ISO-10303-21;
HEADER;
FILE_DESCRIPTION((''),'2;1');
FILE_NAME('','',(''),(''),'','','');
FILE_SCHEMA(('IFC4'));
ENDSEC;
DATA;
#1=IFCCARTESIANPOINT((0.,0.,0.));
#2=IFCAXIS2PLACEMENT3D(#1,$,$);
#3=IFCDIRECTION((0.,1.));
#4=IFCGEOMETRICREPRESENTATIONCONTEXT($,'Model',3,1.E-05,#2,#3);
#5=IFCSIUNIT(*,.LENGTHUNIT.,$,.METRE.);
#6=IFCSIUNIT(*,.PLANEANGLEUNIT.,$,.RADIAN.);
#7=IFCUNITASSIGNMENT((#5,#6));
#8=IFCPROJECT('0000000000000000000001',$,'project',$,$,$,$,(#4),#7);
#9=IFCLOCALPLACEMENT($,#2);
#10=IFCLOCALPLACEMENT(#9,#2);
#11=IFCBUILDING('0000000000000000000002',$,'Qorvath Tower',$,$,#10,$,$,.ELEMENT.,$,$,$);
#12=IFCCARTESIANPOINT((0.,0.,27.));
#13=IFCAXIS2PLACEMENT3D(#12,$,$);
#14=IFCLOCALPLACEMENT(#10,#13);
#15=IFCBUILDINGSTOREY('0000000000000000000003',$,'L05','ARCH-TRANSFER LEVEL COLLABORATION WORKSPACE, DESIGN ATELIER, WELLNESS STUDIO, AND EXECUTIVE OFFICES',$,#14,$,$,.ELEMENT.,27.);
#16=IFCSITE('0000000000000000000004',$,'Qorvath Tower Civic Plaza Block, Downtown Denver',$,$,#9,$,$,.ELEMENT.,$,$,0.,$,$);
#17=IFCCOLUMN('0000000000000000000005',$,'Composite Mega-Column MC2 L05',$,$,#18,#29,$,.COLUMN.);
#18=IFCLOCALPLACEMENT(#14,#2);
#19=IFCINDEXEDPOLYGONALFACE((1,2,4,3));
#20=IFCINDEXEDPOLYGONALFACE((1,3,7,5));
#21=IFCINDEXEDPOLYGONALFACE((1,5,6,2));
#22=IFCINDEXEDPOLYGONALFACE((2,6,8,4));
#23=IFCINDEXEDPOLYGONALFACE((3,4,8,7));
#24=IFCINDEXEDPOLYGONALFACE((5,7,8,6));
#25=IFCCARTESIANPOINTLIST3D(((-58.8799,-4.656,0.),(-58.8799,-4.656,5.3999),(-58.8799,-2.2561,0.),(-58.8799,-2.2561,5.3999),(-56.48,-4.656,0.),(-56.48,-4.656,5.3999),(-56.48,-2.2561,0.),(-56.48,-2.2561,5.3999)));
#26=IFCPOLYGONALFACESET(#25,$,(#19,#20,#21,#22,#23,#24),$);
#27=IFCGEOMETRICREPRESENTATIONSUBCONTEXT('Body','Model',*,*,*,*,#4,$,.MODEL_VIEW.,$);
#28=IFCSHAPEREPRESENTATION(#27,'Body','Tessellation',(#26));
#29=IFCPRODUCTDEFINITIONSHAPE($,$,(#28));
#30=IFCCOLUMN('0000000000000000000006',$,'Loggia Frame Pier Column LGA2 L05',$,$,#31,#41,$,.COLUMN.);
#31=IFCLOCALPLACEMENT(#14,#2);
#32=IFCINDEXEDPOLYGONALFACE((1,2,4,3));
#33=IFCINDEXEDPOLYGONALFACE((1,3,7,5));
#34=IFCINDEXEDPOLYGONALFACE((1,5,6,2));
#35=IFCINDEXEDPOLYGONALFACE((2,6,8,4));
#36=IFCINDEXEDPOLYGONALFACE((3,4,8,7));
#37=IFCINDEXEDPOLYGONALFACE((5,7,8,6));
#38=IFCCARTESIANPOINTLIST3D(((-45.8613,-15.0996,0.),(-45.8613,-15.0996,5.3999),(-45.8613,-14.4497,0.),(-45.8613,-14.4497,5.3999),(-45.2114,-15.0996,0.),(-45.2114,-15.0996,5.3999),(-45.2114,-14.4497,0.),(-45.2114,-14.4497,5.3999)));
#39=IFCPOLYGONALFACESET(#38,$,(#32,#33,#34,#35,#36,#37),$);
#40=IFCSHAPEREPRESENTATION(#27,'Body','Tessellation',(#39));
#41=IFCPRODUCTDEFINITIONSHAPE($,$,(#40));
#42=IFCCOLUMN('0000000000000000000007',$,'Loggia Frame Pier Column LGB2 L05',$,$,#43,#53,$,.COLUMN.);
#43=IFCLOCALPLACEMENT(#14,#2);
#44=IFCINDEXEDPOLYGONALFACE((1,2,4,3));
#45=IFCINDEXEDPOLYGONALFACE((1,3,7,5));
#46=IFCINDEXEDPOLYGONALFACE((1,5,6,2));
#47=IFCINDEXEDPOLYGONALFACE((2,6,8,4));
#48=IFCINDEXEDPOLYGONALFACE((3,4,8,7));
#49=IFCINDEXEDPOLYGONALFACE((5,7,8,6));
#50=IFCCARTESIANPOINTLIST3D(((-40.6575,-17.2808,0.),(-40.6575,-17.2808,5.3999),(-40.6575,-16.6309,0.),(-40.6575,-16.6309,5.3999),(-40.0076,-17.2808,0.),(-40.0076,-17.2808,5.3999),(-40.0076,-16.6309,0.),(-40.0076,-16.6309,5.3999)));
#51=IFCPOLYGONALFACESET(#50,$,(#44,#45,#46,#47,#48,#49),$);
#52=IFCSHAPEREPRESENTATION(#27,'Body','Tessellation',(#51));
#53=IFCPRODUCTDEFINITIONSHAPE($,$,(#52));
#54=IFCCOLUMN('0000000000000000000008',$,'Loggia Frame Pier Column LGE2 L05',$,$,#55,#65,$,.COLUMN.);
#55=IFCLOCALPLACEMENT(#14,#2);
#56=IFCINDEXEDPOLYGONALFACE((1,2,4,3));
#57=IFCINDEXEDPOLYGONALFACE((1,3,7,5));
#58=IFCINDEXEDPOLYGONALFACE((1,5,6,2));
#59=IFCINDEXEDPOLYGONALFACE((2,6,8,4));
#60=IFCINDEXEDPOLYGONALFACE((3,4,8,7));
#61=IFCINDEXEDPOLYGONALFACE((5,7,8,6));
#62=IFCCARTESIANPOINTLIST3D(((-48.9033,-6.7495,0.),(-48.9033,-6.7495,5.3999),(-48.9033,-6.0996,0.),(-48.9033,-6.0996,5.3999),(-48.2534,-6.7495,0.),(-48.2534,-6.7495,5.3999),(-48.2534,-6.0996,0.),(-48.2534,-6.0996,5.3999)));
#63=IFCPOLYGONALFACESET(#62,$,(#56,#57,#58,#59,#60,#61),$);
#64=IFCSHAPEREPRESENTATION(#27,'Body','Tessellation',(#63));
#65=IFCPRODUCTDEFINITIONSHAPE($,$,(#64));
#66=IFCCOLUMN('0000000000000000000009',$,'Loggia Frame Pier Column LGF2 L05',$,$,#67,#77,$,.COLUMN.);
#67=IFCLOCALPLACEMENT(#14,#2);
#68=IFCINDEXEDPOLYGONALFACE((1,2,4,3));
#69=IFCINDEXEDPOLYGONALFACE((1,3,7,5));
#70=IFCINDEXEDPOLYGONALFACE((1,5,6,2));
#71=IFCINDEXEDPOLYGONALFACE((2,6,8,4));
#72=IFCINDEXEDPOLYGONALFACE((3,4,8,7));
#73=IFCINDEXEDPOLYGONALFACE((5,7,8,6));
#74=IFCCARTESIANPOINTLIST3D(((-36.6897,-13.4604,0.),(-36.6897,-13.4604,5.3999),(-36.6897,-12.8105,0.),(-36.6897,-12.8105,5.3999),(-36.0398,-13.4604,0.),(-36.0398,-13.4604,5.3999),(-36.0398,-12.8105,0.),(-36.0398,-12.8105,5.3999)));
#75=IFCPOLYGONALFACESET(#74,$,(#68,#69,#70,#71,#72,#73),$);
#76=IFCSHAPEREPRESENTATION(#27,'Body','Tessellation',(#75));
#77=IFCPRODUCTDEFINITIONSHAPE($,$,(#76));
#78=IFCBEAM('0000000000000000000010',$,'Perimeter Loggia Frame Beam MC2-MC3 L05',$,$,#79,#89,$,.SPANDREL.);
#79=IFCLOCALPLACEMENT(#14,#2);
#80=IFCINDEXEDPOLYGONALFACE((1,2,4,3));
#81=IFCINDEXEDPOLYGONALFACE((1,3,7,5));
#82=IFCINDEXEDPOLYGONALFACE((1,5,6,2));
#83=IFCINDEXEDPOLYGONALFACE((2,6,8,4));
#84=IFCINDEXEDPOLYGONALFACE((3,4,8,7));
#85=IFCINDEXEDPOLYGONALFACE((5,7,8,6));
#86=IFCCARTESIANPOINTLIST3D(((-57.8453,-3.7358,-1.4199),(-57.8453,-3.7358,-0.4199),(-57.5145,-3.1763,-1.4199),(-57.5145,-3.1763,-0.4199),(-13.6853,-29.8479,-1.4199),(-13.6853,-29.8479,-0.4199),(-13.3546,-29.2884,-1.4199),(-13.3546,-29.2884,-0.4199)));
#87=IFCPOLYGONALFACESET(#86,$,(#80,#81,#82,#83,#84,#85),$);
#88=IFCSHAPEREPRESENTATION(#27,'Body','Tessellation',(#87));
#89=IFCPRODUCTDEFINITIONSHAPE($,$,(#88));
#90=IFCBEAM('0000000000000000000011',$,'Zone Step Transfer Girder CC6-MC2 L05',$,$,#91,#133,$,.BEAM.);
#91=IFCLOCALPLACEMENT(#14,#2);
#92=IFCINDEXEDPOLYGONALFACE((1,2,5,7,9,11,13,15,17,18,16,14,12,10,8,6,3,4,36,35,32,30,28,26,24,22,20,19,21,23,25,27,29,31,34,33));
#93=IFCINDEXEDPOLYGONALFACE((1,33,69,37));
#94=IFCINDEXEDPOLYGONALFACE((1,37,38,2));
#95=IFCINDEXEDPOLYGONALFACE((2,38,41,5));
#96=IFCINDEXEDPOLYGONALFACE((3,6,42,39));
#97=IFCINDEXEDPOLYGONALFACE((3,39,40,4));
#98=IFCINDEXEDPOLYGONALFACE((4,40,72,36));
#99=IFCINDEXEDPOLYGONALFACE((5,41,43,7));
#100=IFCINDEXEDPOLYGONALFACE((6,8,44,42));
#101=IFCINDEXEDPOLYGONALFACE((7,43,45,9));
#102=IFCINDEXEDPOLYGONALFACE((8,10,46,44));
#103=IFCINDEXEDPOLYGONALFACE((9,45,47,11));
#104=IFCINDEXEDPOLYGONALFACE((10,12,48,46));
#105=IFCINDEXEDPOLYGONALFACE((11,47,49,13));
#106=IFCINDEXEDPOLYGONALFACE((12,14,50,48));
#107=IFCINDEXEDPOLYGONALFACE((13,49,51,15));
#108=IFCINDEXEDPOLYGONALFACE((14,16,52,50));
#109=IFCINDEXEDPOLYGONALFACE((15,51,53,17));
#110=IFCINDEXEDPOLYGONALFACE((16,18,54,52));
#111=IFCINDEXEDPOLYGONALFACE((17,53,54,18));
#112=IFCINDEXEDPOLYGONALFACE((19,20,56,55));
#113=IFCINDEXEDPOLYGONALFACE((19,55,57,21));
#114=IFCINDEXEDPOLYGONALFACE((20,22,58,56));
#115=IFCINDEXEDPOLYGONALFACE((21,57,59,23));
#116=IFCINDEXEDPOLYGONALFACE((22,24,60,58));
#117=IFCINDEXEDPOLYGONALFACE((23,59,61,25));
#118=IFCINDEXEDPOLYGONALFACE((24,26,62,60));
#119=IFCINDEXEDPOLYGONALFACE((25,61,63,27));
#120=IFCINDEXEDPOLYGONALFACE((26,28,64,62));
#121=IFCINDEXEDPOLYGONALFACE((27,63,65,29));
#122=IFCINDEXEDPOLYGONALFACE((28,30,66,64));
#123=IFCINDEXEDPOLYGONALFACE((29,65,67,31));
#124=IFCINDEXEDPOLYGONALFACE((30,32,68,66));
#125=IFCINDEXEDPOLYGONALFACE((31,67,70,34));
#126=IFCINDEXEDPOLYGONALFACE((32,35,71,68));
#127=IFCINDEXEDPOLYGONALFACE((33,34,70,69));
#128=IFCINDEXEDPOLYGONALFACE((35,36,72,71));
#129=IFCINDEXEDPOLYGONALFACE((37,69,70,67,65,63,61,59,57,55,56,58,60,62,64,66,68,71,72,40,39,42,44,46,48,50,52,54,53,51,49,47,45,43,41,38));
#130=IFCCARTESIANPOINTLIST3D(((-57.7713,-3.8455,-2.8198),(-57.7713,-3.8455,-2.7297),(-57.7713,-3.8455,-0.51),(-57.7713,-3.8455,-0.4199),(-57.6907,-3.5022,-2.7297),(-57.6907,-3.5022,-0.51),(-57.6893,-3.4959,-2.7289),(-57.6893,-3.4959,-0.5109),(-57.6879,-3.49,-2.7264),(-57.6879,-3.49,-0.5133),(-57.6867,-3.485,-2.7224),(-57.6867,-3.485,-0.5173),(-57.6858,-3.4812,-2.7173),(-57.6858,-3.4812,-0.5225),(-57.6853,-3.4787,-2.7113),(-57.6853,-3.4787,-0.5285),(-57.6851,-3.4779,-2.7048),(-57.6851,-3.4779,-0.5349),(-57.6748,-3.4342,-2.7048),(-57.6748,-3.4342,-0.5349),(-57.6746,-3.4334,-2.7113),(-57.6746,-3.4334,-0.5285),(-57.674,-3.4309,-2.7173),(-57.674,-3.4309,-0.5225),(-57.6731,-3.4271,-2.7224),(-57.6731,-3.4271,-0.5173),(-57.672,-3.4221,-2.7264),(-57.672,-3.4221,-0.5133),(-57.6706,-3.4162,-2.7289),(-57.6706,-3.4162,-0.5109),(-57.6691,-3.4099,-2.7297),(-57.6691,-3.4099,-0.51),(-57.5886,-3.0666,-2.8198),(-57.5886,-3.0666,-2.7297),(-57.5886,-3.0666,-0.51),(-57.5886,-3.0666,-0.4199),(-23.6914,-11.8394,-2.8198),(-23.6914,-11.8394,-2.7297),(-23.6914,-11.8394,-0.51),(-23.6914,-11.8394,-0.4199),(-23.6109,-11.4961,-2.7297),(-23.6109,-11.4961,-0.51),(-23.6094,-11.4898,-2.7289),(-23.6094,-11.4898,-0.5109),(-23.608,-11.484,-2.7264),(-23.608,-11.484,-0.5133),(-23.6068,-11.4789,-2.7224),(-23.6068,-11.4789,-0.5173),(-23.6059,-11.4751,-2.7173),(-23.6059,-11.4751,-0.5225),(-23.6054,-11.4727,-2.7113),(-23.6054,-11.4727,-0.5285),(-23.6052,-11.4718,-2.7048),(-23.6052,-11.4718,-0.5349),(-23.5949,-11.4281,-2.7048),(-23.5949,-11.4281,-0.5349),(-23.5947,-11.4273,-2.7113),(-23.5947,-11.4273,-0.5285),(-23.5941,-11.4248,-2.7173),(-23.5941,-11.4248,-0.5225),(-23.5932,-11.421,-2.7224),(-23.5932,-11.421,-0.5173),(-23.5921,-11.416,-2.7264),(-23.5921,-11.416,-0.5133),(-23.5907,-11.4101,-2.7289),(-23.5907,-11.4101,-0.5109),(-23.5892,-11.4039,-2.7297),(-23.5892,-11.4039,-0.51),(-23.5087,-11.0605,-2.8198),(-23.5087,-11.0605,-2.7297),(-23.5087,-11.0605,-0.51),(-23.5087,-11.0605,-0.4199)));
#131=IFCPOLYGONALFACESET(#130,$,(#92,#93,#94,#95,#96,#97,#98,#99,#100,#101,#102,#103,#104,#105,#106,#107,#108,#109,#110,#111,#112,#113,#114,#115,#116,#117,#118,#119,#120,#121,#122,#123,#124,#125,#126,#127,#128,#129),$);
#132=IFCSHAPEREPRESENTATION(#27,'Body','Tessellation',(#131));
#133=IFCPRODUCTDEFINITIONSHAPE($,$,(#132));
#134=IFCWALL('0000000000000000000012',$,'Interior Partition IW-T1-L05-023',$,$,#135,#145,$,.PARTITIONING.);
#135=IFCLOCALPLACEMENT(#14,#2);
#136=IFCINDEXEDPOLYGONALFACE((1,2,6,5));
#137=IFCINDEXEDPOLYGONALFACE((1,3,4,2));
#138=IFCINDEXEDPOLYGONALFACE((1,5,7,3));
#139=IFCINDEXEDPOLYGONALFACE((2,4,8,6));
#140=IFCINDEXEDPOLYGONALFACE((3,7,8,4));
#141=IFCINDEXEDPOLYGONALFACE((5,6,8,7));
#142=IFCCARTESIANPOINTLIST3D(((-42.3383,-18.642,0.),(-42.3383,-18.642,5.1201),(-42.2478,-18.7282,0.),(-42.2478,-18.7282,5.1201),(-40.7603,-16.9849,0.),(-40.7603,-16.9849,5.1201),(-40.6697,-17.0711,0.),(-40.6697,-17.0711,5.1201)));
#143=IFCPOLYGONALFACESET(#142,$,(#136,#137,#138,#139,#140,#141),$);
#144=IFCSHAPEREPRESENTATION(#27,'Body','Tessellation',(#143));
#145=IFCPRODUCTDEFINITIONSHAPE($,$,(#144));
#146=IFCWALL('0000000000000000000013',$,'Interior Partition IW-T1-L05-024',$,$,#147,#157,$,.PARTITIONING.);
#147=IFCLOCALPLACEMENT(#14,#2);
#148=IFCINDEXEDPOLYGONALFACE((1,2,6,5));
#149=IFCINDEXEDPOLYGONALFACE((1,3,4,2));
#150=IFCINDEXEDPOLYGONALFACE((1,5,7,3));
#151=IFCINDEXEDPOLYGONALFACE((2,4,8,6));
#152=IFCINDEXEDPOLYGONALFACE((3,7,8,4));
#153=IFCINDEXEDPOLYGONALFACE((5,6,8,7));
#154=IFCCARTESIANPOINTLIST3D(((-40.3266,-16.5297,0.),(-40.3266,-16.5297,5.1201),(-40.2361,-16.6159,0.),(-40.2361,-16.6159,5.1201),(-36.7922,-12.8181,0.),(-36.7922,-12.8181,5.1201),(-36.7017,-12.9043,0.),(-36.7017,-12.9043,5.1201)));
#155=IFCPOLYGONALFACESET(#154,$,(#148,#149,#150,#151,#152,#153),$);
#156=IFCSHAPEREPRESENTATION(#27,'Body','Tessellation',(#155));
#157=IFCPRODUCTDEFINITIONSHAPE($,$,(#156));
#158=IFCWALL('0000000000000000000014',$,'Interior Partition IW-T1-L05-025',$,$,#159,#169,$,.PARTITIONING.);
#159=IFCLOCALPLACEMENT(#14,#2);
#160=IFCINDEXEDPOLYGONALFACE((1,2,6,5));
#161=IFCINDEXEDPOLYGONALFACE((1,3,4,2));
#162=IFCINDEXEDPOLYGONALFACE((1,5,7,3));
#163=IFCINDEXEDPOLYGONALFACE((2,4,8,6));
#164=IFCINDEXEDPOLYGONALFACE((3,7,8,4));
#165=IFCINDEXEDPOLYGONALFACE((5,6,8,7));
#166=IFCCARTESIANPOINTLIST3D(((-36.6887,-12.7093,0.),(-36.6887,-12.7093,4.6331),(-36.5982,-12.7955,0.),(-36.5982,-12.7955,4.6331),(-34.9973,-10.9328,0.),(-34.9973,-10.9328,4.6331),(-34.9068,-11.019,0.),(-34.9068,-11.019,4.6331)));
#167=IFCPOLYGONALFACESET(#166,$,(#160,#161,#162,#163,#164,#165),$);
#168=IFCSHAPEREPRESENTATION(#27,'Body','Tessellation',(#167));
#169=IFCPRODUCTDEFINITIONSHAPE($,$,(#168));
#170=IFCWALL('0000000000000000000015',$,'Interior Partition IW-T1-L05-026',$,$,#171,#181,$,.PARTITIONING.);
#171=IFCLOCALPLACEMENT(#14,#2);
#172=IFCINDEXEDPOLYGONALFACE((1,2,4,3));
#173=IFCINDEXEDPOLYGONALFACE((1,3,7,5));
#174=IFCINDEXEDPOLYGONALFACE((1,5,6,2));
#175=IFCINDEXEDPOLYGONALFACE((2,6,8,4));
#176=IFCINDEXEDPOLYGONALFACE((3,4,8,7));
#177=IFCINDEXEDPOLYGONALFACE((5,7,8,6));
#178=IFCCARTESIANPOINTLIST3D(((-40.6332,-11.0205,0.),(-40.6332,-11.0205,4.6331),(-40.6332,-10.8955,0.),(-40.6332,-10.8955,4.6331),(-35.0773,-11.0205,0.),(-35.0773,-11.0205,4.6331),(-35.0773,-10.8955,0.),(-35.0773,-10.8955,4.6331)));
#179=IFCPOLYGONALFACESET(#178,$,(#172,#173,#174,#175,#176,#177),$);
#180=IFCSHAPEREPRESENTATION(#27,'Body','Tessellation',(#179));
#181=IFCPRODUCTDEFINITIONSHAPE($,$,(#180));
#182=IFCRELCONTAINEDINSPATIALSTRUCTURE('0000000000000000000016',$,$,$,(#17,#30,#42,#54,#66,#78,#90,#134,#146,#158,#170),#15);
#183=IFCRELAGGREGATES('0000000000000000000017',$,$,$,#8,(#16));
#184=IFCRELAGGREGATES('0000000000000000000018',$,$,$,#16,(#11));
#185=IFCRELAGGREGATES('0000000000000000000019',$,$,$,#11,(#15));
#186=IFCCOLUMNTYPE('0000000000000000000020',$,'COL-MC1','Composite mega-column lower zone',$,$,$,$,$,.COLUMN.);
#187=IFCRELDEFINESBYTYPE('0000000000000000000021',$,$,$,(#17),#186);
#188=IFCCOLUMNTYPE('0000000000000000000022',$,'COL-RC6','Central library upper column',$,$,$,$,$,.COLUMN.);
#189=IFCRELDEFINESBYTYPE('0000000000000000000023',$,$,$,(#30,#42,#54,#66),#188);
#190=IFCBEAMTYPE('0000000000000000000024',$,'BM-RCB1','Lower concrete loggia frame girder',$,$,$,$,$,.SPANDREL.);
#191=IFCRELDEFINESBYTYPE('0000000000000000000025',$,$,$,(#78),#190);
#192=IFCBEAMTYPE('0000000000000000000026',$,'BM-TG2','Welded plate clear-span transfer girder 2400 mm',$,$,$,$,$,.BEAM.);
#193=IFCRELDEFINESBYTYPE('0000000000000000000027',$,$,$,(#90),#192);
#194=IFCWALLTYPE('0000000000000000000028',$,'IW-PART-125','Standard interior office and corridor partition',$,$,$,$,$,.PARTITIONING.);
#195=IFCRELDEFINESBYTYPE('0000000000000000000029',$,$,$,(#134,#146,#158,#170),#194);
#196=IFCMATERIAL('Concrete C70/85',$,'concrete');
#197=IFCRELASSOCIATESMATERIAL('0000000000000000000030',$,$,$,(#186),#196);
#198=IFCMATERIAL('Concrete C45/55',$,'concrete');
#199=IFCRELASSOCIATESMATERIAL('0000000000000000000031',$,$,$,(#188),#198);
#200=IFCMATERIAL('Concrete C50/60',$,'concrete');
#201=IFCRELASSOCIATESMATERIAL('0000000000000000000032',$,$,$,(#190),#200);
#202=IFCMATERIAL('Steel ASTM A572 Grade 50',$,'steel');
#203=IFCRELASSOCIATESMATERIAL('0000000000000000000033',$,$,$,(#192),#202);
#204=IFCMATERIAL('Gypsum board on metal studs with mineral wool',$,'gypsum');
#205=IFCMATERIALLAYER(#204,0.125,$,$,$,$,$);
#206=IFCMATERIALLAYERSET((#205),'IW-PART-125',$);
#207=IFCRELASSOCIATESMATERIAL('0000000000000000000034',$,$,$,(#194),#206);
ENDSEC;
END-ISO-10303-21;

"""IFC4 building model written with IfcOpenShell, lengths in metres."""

from ifc_helpers import new_model, si_unit, direction, frame, frame_2d, origin, origin_2d, place, context, subcontext, project, spatial, rectangle, i_section, extrude, material, layer, layer_set, material_profile, profile_set, type_object, element, save


model = new_model("IFC4")

# Units and contexts
model_context = context("Model", 3, precision=1e-05, world=origin(), true_north=direction((0.0, 1.0)))
body_context = subcontext(model_context, "Body", "Model", "MODEL_VIEW")
ifc_project = project(units=[si_unit("LENGTHUNIT", "METRE"), si_unit("PLANEANGLEUNIT", "RADIAN")], contexts=[model_context])

# Site, building, storey
site_placement = place(None, origin())
site = spatial("IfcSite", under=ifc_project, at=site_placement, Name="Qorvath Tower Civic Plaza Block, Downtown Denver", CompositionType="ELEMENT", RefElevation=0.0)
building_placement = place(site_placement, origin())
building = spatial("IfcBuilding", under=site, at=building_placement, Name="Qorvath Tower", CompositionType="ELEMENT")
storey_placement = place(building_placement, frame((0.0, 0.0, 27.0)))
storey = spatial("IfcBuildingStorey", under=building, at=storey_placement, Name="L05", Description="ARCH-TRANSFER LEVEL COLLABORATION WORKSPACE, DESIGN ATELIER, WELLNESS STUDIO, AND EXECUTIVE OFFICES", CompositionType="ELEMENT", Elevation=27.0)

# Columns
ifc_material_1 = material(Name="Concrete C70/85", Category="concrete")
ifc_material_profile_1 = material_profile(ifc_material_1, rectangle(XDim=2.3999, YDim=2.3999, at=origin_2d()), Name="MC 2400x2400")
ifc_profile_set_1 = profile_set([ifc_material_profile_1], Name="Concrete C70/85")
column_type_1 = type_object("IfcColumnType", Name="COL-MC1", Description="Composite mega-column lower zone", PredefinedType="COLUMN", material=ifc_profile_set_1)
column_placement = place(storey_placement, frame((-57.6799, -3.4561, 0.0), z_axis=(0.0, 0.0, 1.0), x_axis=(1.0, 0.0, 0.0)))
element("IfcColumn", 1, at=column_placement, inside=storey, type_object=column_type_1, Name="Composite Mega-Column MC2 L05", PredefinedType="COLUMN", context=body_context, shape_type="SweptSolid", body=[
    extrude(rectangle(XDim=2.3999, YDim=2.3999, at=origin_2d()), origin(), (0.0, 0.0, 1.0), 5.3999),
])
ifc_material_2 = material(Name="Concrete C45/55", Category="concrete")
ifc_material_profile_2 = material_profile(ifc_material_2, rectangle(XDim=0.6499, YDim=0.6499, at=origin_2d()), Name="RC 650x650")
ifc_profile_set_2 = profile_set([ifc_material_profile_2], Name="Concrete C45/55")
column_type_2 = type_object("IfcColumnType", Name="COL-RC6", Description="Central library upper column", PredefinedType="COLUMN", material=ifc_profile_set_2)
for number, where, z_axis, x_axis, name in (
    (2, (-45.5364, -14.7747, 0.0), (0.0, 0.0, 1.0), (1.0, 0.0, 0.0), "Loggia Frame Pier Column LGA2 L05"),
    (3, (-40.3325, -16.9558, 0.0), (0.0, 0.0, 1.0), (1.0, 0.0, 0.0), "Loggia Frame Pier Column LGB2 L05"),
    (4, (-48.5784, -6.4246, 0.0), (0.0, 0.0, 1.0), (1.0, 0.0, 0.0), "Loggia Frame Pier Column LGE2 L05"),
    (5, (-36.3647, -13.1355, 0.0), (0.0, 0.0, 1.0), (1.0, 0.0, 0.0), "Loggia Frame Pier Column LGF2 L05"),
):
    element("IfcColumn", number, at=place(storey_placement, frame(where, z_axis=z_axis, x_axis=x_axis)), inside=storey, type_object=column_type_2, Name=name, PredefinedType="COLUMN", context=body_context, shape_type="SweptSolid", body=[
        extrude(rectangle(XDim=0.6499, YDim=0.6499, at=origin_2d()), origin(), (0.0, 0.0, 1.0), 5.3999),
    ])

# Beams
ifc_material_3 = material(Name="Concrete C50/60", Category="concrete")
ifc_material_profile_3 = material_profile(ifc_material_3, rectangle(XDim=0.6499, YDim=1.0, at=origin_2d()), Name="RCB 1000x650")
ifc_profile_set_3 = profile_set([ifc_material_profile_3], Name="Concrete C50/60")
beam_type_1 = type_object("IfcBeamType", Name="BM-RCB1", Description="Lower concrete loggia frame girder", PredefinedType="SPANDREL", material=ifc_profile_set_3)
beam_1_placement = place(storey_placement, frame((-57.6799, -3.4561, -0.9199), z_axis=(0.860777, -0.508983, 0.0), x_axis=(0.508983, 0.860777, 0.0)))
element("IfcBeam", 6, at=beam_1_placement, inside=storey, type_object=beam_type_1, Name="Perimeter Loggia Frame Beam MC2-MC3 L05", PredefinedType="SPANDREL", context=body_context, shape_type="SweptSolid", body=[
    extrude(rectangle(XDim=0.6499, YDim=1.0, at=origin_2d()), origin(), (0.0, 0.0, 1.0), 51.3025),
])
ifc_material_4 = material(Name="Steel ASTM A572 Grade 50", Category="steel")
ifc_material_profile_4 = material_profile(ifc_material_4, i_section(OverallWidth=0.8, OverallDepth=2.3999, WebThickness=0.0449, FlangeThickness=0.0901, FilletRadius=0.0249, at=origin_2d()), Name="WTG 2400x800")
ifc_profile_set_4 = profile_set([ifc_material_profile_4], Name="Steel ASTM A572 Grade 50")
beam_type_2 = type_object("IfcBeamType", Name="BM-TG2", Description="Welded plate clear-span transfer girder 2400 mm", PredefinedType="BEAM", material=ifc_profile_set_4)
beam_2_placement = place(storey_placement, frame((-57.6799, -3.4561, -1.6199), z_axis=(0.973575, -0.228366, 0.0), x_axis=(0.228366, 0.973575, 0.0)))
element("IfcBeam", 7, at=beam_2_placement, inside=storey, type_object=beam_type_2, Name="Zone Step Transfer Girder CC6-MC2 L05", PredefinedType="BEAM", context=body_context, shape_type="SweptSolid", body=[
    extrude(i_section(OverallWidth=0.8, OverallDepth=2.3999, WebThickness=0.0449, FlangeThickness=0.0901, FilletRadius=0.0249, at=origin_2d()), origin(), (0.0, 0.0, 1.0), 35.0049),
])

# Walls
ifc_material_5 = material(Name="Gypsum board on metal studs with mineral wool", Category="gypsum")
ifc_layer_1 = layer(ifc_material_5, 0.125)
ifc_layer_set_1 = layer_set([ifc_layer_1], Name="IW-PART-125")
wall_type_1 = type_object("IfcWallType", Name="IW-PART-125", Description="Standard interior office and corridor partition", PredefinedType="PARTITIONING", material=ifc_layer_set_1)
wall_1_placement = place(storey_placement, frame((-42.293, -18.6851, 0.0), z_axis=(0.0, 0.0, 1.0), x_axis=(0.689613, 0.724179, 0.0)))
element("IfcWall", 8, at=wall_1_placement, inside=storey, type_object=wall_type_1, Name="Interior Partition IW-T1-L05-023", PredefinedType="PARTITIONING", context=body_context, shape_type="SweptSolid", body=[
    extrude(rectangle(XDim=2.2883, YDim=0.125, at=frame_2d((1.144, 0.0))), origin(), (0.0, 0.0, 1.0), 5.1201),
])
wall_2_placement = place(storey_placement, frame((-40.2812, -16.5728, 0.0), z_axis=(0.0, 0.0, 1.0), x_axis=(0.689604, 0.724187, 0.0)))
element("IfcWall", 9, at=wall_2_placement, inside=storey, type_object=wall_type_1, Name="Interior Partition IW-T1-L05-024", PredefinedType="PARTITIONING", context=body_context, shape_type="SweptSolid", body=[
    extrude(rectangle(XDim=5.1252, YDim=0.125, at=frame_2d((2.5625, 0.0))), origin(), (0.0, 0.0, 1.0), 5.1201),
])
wall_3_placement = place(storey_placement, frame((-36.6436, -12.7524, 0.0), z_axis=(0.0, 0.0, 1.0), x_axis=(0.689576, 0.724214, 0.0)))
element("IfcWall", 10, at=wall_3_placement, inside=storey, type_object=wall_type_1, Name="Interior Partition IW-T1-L05-025", PredefinedType="PARTITIONING", context=body_context, shape_type="SweptSolid", body=[
    extrude(rectangle(XDim=2.4529, YDim=0.125, at=frame_2d((1.2266, 0.0))), origin(), (0.0, 0.0, 1.0), 4.6331),
])
wall_4_placement = place(storey_placement, frame((-40.6331, -10.958, 0.0), z_axis=(0.0, 0.0, 1.0), x_axis=(1.0, 0.0, 0.0)))
element("IfcWall", 11, at=wall_4_placement, inside=storey, type_object=wall_type_1, Name="Interior Partition IW-T1-L05-026", PredefinedType="PARTITIONING", context=body_context, shape_type="SweptSolid", body=[
    extrude(rectangle(XDim=5.5559, YDim=0.125, at=frame_2d((2.7778, 0.0))), origin(), (0.0, 0.0, 1.0), 4.6331),
])

save(model, "model.ifc")
